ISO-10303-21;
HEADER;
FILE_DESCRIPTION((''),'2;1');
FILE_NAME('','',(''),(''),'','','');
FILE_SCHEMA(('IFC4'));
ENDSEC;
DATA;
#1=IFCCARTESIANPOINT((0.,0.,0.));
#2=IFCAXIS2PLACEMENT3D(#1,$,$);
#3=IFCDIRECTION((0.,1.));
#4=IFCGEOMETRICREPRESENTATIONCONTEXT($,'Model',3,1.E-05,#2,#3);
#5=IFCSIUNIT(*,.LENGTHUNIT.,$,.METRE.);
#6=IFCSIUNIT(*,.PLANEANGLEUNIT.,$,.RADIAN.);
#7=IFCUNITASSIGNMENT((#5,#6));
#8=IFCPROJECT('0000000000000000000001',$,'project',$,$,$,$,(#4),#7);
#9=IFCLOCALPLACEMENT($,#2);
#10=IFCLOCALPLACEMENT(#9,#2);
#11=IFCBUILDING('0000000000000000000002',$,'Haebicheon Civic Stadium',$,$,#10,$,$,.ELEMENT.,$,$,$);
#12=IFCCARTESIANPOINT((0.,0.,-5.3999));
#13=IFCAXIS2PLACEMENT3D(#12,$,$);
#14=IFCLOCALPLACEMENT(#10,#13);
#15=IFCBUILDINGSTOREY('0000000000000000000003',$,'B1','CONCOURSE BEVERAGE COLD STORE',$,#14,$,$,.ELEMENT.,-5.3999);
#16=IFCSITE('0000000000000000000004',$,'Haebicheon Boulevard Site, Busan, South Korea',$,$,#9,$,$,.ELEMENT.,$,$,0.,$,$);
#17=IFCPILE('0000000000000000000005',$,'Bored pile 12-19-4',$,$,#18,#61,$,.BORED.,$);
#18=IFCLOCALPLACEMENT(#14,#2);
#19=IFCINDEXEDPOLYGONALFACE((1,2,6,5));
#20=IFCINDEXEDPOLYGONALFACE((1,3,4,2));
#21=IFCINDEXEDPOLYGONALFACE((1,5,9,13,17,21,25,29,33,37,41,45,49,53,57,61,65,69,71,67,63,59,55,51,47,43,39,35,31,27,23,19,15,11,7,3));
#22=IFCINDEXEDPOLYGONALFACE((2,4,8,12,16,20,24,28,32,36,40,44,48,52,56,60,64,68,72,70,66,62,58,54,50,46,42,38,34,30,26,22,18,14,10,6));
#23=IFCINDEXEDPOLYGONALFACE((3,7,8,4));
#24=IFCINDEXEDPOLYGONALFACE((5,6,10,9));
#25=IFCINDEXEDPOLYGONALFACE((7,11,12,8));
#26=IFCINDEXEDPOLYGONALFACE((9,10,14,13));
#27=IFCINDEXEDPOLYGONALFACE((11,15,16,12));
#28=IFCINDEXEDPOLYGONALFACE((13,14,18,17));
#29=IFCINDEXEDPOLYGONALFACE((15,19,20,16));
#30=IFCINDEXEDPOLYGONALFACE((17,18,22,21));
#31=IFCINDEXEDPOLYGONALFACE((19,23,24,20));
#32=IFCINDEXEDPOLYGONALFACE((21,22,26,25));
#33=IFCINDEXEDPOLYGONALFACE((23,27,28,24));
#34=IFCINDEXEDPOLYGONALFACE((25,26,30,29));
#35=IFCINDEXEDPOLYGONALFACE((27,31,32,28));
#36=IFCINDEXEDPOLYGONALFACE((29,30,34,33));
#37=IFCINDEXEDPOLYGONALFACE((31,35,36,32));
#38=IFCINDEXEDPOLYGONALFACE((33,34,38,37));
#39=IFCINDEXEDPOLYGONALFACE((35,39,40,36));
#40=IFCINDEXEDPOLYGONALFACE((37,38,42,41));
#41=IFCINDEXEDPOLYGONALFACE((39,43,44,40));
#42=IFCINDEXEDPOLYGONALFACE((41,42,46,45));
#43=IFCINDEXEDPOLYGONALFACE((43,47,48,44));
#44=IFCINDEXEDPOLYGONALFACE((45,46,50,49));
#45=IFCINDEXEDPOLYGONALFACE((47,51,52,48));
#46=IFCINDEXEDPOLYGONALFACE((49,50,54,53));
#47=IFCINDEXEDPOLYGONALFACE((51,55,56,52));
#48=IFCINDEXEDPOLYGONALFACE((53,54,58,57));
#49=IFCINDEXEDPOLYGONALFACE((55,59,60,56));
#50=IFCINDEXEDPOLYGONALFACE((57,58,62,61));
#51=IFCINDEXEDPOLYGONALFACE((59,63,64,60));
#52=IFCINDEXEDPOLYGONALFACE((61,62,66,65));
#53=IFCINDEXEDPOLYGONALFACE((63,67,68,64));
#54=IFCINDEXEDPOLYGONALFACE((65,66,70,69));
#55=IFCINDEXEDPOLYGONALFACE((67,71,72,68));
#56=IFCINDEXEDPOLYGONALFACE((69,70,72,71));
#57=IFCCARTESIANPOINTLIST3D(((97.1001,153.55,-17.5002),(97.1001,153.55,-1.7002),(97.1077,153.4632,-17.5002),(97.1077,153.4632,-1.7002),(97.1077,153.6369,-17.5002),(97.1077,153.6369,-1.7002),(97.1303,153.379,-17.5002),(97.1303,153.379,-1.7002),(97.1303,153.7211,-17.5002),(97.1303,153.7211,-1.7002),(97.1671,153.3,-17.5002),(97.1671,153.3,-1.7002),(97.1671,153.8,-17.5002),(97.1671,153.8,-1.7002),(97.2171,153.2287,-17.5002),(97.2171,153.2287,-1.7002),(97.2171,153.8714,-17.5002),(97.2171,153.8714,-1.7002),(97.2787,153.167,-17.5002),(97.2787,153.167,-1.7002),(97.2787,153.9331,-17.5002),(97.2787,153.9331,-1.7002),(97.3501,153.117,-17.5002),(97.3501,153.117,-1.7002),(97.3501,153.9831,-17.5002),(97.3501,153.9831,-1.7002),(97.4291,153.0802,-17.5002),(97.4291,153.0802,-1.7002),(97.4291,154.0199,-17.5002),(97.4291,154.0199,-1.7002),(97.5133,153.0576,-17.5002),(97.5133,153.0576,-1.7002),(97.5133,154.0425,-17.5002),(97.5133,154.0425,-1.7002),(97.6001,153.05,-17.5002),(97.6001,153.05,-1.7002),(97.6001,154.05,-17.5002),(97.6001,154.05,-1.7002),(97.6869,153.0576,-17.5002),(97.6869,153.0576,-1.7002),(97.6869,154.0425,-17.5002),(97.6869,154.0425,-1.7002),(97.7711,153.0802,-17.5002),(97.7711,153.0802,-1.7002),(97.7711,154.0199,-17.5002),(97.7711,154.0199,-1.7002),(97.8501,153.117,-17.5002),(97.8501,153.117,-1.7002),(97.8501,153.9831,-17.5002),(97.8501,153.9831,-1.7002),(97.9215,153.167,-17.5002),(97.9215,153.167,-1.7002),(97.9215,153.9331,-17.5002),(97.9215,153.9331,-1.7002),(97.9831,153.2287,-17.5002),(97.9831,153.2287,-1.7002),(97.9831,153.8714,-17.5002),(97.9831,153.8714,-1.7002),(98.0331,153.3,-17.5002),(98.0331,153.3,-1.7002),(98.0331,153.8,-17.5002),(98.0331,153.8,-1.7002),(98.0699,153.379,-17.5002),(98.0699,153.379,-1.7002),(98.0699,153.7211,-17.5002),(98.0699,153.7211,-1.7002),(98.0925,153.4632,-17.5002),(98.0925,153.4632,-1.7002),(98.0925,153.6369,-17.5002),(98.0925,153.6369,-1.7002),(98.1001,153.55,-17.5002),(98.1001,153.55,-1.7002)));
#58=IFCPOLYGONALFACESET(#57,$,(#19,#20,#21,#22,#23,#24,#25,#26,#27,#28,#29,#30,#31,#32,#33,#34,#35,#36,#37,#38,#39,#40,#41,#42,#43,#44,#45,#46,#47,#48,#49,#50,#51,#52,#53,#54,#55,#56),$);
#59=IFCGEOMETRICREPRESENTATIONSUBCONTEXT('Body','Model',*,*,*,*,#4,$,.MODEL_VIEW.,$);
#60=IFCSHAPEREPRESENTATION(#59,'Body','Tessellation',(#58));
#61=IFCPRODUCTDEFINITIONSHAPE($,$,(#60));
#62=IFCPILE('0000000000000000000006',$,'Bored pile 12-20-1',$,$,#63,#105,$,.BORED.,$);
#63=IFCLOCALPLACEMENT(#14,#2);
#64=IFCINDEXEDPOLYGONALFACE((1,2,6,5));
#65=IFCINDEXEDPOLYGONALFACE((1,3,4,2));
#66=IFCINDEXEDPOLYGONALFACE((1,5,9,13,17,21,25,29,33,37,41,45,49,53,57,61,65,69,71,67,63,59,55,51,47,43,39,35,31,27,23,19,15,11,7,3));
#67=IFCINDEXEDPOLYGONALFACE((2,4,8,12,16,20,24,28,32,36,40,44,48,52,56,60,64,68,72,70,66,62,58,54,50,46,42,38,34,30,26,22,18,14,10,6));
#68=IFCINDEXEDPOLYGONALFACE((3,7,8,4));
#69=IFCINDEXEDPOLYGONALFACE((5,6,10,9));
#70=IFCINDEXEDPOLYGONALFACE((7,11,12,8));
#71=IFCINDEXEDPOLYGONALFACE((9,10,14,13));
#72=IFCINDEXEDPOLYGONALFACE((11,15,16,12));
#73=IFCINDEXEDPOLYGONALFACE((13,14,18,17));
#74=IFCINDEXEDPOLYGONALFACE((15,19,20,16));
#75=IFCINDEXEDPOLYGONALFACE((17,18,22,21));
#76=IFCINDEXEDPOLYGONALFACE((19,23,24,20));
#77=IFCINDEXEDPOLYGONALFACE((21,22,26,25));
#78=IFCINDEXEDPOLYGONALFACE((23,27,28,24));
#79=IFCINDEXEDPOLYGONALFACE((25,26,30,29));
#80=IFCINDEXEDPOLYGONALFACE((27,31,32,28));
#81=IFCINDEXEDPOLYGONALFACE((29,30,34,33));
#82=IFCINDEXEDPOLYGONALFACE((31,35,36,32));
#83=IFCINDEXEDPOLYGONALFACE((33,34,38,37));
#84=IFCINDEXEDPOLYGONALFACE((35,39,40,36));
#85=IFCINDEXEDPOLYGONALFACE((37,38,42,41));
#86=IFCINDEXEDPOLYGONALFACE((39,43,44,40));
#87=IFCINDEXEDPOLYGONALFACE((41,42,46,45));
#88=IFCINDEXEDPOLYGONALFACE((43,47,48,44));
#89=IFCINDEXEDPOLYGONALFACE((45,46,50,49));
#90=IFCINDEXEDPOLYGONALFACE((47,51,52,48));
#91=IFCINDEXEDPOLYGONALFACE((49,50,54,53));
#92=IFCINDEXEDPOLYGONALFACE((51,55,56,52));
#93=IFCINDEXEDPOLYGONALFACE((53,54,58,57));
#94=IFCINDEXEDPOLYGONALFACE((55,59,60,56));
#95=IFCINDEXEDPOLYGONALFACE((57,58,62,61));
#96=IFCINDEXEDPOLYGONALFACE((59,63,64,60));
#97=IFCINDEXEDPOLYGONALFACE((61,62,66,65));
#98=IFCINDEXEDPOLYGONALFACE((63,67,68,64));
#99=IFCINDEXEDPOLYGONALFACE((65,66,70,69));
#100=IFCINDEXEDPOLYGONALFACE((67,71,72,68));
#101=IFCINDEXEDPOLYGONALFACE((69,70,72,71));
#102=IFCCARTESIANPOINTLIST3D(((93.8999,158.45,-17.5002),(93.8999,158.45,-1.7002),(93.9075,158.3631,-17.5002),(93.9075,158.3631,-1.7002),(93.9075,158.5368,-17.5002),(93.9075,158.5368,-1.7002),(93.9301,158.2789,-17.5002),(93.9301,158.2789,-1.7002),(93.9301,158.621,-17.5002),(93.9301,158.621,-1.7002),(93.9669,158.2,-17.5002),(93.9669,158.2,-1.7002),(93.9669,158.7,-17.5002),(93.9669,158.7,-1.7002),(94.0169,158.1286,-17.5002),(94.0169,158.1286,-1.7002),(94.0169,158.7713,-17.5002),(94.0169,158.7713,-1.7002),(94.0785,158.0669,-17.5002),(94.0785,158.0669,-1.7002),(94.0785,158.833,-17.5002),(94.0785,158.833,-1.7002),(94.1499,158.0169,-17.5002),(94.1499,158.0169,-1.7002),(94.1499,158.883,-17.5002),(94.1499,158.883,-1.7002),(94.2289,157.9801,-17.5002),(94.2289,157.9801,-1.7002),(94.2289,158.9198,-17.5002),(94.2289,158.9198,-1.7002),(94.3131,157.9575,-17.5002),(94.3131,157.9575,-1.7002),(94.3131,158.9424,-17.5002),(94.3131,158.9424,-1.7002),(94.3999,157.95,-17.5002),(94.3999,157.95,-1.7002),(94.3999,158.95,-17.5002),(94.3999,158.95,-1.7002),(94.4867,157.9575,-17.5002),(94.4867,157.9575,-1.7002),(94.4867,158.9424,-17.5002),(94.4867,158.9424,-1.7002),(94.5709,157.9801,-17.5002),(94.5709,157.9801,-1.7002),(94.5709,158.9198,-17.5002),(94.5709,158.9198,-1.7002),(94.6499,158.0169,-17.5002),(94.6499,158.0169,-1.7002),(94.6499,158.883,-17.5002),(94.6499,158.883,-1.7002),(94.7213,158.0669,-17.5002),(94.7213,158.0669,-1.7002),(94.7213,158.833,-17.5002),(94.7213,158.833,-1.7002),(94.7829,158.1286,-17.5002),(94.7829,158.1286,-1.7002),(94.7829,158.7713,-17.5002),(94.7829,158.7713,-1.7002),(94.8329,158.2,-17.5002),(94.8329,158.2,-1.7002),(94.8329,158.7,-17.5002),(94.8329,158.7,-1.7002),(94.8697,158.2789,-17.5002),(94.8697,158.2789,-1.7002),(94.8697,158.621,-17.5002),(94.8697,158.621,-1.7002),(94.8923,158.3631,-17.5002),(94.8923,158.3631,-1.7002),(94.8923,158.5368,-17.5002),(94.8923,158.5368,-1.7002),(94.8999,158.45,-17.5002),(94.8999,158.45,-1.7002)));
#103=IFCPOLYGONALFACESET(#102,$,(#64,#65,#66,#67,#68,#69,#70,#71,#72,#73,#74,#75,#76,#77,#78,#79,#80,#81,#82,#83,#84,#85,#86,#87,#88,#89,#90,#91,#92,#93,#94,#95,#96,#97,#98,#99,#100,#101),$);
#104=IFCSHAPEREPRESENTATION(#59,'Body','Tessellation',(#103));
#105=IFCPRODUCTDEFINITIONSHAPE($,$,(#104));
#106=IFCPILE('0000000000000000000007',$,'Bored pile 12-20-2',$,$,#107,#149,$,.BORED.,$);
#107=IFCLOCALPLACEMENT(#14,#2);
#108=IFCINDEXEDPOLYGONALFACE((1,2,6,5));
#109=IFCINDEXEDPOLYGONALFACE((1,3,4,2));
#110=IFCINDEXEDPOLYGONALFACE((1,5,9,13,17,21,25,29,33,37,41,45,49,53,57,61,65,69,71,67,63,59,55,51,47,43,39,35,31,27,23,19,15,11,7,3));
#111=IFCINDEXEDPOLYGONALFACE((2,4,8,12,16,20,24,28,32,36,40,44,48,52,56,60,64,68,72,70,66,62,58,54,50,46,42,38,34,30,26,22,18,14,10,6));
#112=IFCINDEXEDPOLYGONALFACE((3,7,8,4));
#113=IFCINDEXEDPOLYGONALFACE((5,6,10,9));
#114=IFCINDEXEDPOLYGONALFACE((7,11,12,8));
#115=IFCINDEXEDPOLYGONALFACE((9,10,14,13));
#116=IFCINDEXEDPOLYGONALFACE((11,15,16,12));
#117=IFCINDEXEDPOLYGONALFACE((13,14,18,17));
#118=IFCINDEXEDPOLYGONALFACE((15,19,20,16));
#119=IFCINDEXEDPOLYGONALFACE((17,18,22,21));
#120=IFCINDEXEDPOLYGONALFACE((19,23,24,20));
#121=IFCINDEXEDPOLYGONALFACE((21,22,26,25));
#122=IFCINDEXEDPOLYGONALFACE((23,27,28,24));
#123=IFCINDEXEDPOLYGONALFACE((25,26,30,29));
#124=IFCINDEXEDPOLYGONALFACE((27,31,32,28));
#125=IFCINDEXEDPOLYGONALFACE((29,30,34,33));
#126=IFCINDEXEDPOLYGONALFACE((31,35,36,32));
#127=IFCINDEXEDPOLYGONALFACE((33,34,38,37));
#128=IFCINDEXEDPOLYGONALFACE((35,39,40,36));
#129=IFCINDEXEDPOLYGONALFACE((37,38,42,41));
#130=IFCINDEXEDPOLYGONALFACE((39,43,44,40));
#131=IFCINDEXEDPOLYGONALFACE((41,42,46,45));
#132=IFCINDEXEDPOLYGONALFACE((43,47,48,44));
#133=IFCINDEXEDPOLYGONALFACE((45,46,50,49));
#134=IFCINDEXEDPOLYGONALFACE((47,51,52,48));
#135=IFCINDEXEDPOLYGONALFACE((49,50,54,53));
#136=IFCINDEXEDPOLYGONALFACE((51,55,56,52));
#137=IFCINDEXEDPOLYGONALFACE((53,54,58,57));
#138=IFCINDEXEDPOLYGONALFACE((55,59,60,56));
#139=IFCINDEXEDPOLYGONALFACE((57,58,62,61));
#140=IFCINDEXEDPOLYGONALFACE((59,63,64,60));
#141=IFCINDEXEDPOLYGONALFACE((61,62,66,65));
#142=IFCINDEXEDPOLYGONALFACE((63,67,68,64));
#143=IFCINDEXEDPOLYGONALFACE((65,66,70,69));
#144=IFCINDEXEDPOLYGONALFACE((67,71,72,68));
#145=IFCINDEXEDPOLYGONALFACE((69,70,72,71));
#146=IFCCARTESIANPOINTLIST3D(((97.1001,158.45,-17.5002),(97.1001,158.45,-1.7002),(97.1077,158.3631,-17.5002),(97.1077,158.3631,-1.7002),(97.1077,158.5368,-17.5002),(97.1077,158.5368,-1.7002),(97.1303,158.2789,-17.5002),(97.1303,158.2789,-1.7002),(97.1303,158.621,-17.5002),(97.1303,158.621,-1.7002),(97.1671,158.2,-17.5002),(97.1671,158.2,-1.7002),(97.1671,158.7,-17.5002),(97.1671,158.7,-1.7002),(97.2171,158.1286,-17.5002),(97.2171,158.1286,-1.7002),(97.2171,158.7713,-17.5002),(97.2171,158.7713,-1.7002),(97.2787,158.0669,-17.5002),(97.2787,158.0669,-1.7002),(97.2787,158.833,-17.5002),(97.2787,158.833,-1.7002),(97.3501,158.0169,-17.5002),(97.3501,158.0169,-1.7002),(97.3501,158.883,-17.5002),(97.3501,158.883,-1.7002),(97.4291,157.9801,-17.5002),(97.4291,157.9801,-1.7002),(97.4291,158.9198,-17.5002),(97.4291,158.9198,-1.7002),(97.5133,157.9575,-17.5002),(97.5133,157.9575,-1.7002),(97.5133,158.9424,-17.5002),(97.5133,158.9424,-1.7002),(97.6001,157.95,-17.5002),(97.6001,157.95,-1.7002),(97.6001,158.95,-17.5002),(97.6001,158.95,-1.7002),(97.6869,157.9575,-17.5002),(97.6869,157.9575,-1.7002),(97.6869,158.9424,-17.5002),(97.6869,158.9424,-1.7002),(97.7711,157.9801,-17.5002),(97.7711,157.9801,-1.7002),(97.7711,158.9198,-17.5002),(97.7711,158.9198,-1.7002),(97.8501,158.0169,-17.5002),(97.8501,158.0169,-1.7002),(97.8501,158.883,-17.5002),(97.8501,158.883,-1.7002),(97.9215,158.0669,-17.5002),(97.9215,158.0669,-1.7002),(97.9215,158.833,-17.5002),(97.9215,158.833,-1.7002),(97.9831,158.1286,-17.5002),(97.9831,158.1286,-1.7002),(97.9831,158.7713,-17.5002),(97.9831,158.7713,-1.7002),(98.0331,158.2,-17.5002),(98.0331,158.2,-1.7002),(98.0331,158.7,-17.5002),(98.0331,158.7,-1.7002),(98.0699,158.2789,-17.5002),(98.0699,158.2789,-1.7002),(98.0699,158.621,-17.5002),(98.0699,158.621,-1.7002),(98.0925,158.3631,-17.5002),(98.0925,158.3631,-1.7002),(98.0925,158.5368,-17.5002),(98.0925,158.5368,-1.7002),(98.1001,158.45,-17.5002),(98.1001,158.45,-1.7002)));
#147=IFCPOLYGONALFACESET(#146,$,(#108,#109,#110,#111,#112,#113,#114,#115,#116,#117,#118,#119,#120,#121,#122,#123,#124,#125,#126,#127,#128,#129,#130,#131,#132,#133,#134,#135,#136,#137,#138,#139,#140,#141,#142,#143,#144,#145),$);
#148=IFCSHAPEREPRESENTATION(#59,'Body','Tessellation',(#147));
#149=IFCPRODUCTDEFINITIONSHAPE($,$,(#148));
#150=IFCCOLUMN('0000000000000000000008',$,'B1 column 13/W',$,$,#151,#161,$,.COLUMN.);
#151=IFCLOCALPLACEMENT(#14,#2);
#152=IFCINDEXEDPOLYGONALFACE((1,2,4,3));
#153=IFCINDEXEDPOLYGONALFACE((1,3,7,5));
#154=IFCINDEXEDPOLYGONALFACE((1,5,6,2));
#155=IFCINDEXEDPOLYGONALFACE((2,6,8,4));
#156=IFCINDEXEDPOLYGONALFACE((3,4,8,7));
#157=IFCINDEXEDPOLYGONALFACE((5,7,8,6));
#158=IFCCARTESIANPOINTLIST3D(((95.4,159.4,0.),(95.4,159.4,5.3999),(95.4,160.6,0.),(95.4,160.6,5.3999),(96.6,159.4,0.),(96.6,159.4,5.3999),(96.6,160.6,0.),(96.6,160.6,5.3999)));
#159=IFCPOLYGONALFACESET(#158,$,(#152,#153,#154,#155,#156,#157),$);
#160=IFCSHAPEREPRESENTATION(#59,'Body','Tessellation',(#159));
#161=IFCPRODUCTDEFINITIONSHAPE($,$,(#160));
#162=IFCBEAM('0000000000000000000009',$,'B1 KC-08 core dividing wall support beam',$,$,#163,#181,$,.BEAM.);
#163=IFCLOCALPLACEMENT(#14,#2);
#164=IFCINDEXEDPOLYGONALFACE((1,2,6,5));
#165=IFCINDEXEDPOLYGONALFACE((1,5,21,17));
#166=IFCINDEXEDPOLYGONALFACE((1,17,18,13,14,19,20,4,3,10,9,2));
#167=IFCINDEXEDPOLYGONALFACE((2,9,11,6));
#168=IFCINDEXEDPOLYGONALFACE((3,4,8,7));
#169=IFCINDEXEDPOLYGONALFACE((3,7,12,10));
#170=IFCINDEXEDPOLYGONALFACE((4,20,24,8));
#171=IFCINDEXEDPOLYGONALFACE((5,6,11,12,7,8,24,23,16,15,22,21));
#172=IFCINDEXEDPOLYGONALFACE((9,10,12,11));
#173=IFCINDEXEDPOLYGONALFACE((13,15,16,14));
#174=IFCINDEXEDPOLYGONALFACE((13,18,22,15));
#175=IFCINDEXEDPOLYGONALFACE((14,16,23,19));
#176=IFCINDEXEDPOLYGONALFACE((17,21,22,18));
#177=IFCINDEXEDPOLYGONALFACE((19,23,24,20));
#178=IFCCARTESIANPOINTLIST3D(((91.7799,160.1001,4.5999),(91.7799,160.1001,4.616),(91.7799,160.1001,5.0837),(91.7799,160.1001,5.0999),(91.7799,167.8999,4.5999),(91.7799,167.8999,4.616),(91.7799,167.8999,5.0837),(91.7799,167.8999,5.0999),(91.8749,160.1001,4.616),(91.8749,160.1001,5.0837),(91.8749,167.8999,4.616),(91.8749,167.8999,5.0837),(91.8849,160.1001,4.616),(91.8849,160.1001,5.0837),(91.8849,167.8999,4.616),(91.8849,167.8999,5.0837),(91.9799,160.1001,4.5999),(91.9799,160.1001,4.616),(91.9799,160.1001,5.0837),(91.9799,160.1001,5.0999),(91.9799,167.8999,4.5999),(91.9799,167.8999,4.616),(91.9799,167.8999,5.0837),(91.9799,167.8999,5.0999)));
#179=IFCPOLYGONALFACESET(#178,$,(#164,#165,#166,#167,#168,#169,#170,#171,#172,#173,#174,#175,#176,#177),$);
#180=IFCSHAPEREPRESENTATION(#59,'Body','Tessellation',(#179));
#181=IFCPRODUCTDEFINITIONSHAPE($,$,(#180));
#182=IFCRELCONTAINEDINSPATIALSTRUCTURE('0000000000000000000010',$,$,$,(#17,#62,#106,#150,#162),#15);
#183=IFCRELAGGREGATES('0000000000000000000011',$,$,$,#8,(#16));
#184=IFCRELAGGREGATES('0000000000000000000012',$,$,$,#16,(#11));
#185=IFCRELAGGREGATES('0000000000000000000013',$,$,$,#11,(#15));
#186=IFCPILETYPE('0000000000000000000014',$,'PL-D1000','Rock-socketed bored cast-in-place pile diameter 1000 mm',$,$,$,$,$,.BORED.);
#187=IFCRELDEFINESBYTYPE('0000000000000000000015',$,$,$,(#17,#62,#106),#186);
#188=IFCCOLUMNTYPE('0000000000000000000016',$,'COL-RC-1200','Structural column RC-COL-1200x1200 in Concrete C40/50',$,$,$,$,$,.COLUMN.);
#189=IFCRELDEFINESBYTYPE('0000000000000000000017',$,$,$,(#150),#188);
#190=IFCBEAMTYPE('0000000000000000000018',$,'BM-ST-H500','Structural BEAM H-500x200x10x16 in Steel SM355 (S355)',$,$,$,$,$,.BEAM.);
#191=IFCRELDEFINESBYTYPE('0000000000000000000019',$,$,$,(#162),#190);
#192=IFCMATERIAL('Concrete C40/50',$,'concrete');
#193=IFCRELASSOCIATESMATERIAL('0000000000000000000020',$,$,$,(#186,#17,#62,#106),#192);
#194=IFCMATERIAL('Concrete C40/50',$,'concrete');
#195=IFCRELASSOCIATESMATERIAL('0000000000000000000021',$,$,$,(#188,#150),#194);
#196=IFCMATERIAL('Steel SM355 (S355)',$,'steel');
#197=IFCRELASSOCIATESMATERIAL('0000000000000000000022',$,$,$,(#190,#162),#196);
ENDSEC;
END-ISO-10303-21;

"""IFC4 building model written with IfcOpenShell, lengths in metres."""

from ifc_helpers import new_model, si_unit, direction, frame, origin, origin_2d, place, context, subcontext, project, spatial, rectangle, circle, i_section, extrude, material, material_profile, profile_set, type_object, element, save


model = new_model("IFC4")

# Units and contexts
model_context = context("Model", 3, precision=1e-05, world=origin(), true_north=direction((0.0, 1.0)))
body_context = subcontext(model_context, "Body", "Model", "MODEL_VIEW")
ifc_project = project(units=[si_unit("LENGTHUNIT", "METRE"), si_unit("PLANEANGLEUNIT", "RADIAN")], contexts=[model_context])

# Site, building, storey
site_placement = place(None, origin())
site = spatial("IfcSite", under=ifc_project, at=site_placement, Name="Haebicheon Boulevard Site, Busan, South Korea", CompositionType="ELEMENT", RefElevation=0.0)
building_placement = place(site_placement, origin())
building = spatial("IfcBuilding", under=site, at=building_placement, Name="Haebicheon Civic Stadium", CompositionType="ELEMENT")
storey_placement = place(building_placement, frame((0.0, 0.0, -5.3999)))
storey = spatial("IfcBuildingStorey", under=building, at=storey_placement, Name="B1", Description="CONCOURSE BEVERAGE COLD STORE", CompositionType="ELEMENT", Elevation=-5.3999)

# Piles
ifc_material_1 = material(Name="Concrete C40/50", Category="concrete")
ifc_material_profile_1 = material_profile(ifc_material_1, circle(Radius=0.5, at=origin_2d()), Name="PILE-D1000")
ifc_profile_set_1 = profile_set([ifc_material_profile_1], Name="Concrete C40/50")
pile_type = type_object("IfcPileType", Name="PL-D1000", Description="Rock-socketed bored cast-in-place pile diameter 1000 mm", PredefinedType="BORED", material=ifc_profile_set_1)
for number, where, z_axis, x_axis, name in (
    (1, (97.6001, 153.55, -1.7002), (0.0, 0.0, -1.0), (1.0, 0.0, 0.0), "Bored pile 12-19-4"),
    (2, (94.3999, 158.45, -1.7002), (0.0, 0.0, -1.0), (1.0, 0.0, 0.0), "Bored pile 12-20-1"),
    (3, (97.6001, 158.45, -1.7002), (0.0, 0.0, -1.0), (1.0, 0.0, 0.0), "Bored pile 12-20-2"),
):
    element("IfcPile", number, at=place(storey_placement, frame(where, z_axis=z_axis, x_axis=x_axis)), inside=storey, type_object=pile_type, material=ifc_profile_set_1, Name=name, PredefinedType="BORED", context=body_context, shape_type="SweptSolid", body=[
        extrude(circle(Radius=0.5, at=origin_2d()), origin(), (0.0, 0.0, 1.0), 15.8),
    ])

# Column
ifc_material_2 = material(Name="Concrete C40/50", Category="concrete")
ifc_material_profile_2 = material_profile(ifc_material_2, rectangle(XDim=1.2, YDim=1.2, at=origin_2d()), Name="RC-COL-1200x1200")
ifc_profile_set_2 = profile_set([ifc_material_profile_2], Name="Concrete C40/50")
column_type = type_object("IfcColumnType", Name="COL-RC-1200", Description="Structural column RC-COL-1200x1200 in Concrete C40/50", PredefinedType="COLUMN", material=ifc_profile_set_2)
column_placement = place(storey_placement, frame((96.0, 160.0, 0.0), z_axis=(0.0, 0.0, 1.0), x_axis=(1.0, 0.0, 0.0)))
element("IfcColumn", 4, at=column_placement, inside=storey, type_object=column_type, material=ifc_profile_set_2, Name="B1 column 13/W", PredefinedType="COLUMN", context=body_context, shape_type="SweptSolid", body=[
    extrude(rectangle(XDim=1.2, YDim=1.2, at=origin_2d()), origin(), (0.0, 0.0, 1.0), 5.3999),
])

# Beam
ifc_material_3 = material(Name="Steel SM355 (S355)", Category="steel")
ifc_material_profile_3 = material_profile(ifc_material_3, i_section(OverallWidth=0.2, OverallDepth=0.5, WebThickness=0.01, FlangeThickness=0.0161, at=origin_2d()), Name="H-500x200x10x16")
ifc_profile_set_3 = profile_set([ifc_material_profile_3], Name="Steel SM355 (S355)")
beam_type_1 = type_object("IfcBeamType", Name="BM-ST-H500", Description="Structural BEAM H-500x200x10x16 in Steel SM355 (S355)", PredefinedType="BEAM", material=ifc_profile_set_3)
beam_1_placement = place(storey_placement, frame((91.8799, 160.1001, 4.8499), z_axis=(0.0, 1.0, 0.0), x_axis=(-1.0, 0.0, 0.0)))
element("IfcBeam", 5, at=beam_1_placement, inside=storey, type_object=beam_type_1, material=ifc_profile_set_3, Name="B1 KC-08 core dividing wall support beam", PredefinedType="BEAM", context=body_context, shape_type="SweptSolid", body=[
    extrude(i_section(OverallWidth=0.2, OverallDepth=0.5, WebThickness=0.01, FlangeThickness=0.0161, at=origin_2d()), origin(), (0.0, 0.0, 1.0), 7.7998),
])

save(model, "model.ifc")
